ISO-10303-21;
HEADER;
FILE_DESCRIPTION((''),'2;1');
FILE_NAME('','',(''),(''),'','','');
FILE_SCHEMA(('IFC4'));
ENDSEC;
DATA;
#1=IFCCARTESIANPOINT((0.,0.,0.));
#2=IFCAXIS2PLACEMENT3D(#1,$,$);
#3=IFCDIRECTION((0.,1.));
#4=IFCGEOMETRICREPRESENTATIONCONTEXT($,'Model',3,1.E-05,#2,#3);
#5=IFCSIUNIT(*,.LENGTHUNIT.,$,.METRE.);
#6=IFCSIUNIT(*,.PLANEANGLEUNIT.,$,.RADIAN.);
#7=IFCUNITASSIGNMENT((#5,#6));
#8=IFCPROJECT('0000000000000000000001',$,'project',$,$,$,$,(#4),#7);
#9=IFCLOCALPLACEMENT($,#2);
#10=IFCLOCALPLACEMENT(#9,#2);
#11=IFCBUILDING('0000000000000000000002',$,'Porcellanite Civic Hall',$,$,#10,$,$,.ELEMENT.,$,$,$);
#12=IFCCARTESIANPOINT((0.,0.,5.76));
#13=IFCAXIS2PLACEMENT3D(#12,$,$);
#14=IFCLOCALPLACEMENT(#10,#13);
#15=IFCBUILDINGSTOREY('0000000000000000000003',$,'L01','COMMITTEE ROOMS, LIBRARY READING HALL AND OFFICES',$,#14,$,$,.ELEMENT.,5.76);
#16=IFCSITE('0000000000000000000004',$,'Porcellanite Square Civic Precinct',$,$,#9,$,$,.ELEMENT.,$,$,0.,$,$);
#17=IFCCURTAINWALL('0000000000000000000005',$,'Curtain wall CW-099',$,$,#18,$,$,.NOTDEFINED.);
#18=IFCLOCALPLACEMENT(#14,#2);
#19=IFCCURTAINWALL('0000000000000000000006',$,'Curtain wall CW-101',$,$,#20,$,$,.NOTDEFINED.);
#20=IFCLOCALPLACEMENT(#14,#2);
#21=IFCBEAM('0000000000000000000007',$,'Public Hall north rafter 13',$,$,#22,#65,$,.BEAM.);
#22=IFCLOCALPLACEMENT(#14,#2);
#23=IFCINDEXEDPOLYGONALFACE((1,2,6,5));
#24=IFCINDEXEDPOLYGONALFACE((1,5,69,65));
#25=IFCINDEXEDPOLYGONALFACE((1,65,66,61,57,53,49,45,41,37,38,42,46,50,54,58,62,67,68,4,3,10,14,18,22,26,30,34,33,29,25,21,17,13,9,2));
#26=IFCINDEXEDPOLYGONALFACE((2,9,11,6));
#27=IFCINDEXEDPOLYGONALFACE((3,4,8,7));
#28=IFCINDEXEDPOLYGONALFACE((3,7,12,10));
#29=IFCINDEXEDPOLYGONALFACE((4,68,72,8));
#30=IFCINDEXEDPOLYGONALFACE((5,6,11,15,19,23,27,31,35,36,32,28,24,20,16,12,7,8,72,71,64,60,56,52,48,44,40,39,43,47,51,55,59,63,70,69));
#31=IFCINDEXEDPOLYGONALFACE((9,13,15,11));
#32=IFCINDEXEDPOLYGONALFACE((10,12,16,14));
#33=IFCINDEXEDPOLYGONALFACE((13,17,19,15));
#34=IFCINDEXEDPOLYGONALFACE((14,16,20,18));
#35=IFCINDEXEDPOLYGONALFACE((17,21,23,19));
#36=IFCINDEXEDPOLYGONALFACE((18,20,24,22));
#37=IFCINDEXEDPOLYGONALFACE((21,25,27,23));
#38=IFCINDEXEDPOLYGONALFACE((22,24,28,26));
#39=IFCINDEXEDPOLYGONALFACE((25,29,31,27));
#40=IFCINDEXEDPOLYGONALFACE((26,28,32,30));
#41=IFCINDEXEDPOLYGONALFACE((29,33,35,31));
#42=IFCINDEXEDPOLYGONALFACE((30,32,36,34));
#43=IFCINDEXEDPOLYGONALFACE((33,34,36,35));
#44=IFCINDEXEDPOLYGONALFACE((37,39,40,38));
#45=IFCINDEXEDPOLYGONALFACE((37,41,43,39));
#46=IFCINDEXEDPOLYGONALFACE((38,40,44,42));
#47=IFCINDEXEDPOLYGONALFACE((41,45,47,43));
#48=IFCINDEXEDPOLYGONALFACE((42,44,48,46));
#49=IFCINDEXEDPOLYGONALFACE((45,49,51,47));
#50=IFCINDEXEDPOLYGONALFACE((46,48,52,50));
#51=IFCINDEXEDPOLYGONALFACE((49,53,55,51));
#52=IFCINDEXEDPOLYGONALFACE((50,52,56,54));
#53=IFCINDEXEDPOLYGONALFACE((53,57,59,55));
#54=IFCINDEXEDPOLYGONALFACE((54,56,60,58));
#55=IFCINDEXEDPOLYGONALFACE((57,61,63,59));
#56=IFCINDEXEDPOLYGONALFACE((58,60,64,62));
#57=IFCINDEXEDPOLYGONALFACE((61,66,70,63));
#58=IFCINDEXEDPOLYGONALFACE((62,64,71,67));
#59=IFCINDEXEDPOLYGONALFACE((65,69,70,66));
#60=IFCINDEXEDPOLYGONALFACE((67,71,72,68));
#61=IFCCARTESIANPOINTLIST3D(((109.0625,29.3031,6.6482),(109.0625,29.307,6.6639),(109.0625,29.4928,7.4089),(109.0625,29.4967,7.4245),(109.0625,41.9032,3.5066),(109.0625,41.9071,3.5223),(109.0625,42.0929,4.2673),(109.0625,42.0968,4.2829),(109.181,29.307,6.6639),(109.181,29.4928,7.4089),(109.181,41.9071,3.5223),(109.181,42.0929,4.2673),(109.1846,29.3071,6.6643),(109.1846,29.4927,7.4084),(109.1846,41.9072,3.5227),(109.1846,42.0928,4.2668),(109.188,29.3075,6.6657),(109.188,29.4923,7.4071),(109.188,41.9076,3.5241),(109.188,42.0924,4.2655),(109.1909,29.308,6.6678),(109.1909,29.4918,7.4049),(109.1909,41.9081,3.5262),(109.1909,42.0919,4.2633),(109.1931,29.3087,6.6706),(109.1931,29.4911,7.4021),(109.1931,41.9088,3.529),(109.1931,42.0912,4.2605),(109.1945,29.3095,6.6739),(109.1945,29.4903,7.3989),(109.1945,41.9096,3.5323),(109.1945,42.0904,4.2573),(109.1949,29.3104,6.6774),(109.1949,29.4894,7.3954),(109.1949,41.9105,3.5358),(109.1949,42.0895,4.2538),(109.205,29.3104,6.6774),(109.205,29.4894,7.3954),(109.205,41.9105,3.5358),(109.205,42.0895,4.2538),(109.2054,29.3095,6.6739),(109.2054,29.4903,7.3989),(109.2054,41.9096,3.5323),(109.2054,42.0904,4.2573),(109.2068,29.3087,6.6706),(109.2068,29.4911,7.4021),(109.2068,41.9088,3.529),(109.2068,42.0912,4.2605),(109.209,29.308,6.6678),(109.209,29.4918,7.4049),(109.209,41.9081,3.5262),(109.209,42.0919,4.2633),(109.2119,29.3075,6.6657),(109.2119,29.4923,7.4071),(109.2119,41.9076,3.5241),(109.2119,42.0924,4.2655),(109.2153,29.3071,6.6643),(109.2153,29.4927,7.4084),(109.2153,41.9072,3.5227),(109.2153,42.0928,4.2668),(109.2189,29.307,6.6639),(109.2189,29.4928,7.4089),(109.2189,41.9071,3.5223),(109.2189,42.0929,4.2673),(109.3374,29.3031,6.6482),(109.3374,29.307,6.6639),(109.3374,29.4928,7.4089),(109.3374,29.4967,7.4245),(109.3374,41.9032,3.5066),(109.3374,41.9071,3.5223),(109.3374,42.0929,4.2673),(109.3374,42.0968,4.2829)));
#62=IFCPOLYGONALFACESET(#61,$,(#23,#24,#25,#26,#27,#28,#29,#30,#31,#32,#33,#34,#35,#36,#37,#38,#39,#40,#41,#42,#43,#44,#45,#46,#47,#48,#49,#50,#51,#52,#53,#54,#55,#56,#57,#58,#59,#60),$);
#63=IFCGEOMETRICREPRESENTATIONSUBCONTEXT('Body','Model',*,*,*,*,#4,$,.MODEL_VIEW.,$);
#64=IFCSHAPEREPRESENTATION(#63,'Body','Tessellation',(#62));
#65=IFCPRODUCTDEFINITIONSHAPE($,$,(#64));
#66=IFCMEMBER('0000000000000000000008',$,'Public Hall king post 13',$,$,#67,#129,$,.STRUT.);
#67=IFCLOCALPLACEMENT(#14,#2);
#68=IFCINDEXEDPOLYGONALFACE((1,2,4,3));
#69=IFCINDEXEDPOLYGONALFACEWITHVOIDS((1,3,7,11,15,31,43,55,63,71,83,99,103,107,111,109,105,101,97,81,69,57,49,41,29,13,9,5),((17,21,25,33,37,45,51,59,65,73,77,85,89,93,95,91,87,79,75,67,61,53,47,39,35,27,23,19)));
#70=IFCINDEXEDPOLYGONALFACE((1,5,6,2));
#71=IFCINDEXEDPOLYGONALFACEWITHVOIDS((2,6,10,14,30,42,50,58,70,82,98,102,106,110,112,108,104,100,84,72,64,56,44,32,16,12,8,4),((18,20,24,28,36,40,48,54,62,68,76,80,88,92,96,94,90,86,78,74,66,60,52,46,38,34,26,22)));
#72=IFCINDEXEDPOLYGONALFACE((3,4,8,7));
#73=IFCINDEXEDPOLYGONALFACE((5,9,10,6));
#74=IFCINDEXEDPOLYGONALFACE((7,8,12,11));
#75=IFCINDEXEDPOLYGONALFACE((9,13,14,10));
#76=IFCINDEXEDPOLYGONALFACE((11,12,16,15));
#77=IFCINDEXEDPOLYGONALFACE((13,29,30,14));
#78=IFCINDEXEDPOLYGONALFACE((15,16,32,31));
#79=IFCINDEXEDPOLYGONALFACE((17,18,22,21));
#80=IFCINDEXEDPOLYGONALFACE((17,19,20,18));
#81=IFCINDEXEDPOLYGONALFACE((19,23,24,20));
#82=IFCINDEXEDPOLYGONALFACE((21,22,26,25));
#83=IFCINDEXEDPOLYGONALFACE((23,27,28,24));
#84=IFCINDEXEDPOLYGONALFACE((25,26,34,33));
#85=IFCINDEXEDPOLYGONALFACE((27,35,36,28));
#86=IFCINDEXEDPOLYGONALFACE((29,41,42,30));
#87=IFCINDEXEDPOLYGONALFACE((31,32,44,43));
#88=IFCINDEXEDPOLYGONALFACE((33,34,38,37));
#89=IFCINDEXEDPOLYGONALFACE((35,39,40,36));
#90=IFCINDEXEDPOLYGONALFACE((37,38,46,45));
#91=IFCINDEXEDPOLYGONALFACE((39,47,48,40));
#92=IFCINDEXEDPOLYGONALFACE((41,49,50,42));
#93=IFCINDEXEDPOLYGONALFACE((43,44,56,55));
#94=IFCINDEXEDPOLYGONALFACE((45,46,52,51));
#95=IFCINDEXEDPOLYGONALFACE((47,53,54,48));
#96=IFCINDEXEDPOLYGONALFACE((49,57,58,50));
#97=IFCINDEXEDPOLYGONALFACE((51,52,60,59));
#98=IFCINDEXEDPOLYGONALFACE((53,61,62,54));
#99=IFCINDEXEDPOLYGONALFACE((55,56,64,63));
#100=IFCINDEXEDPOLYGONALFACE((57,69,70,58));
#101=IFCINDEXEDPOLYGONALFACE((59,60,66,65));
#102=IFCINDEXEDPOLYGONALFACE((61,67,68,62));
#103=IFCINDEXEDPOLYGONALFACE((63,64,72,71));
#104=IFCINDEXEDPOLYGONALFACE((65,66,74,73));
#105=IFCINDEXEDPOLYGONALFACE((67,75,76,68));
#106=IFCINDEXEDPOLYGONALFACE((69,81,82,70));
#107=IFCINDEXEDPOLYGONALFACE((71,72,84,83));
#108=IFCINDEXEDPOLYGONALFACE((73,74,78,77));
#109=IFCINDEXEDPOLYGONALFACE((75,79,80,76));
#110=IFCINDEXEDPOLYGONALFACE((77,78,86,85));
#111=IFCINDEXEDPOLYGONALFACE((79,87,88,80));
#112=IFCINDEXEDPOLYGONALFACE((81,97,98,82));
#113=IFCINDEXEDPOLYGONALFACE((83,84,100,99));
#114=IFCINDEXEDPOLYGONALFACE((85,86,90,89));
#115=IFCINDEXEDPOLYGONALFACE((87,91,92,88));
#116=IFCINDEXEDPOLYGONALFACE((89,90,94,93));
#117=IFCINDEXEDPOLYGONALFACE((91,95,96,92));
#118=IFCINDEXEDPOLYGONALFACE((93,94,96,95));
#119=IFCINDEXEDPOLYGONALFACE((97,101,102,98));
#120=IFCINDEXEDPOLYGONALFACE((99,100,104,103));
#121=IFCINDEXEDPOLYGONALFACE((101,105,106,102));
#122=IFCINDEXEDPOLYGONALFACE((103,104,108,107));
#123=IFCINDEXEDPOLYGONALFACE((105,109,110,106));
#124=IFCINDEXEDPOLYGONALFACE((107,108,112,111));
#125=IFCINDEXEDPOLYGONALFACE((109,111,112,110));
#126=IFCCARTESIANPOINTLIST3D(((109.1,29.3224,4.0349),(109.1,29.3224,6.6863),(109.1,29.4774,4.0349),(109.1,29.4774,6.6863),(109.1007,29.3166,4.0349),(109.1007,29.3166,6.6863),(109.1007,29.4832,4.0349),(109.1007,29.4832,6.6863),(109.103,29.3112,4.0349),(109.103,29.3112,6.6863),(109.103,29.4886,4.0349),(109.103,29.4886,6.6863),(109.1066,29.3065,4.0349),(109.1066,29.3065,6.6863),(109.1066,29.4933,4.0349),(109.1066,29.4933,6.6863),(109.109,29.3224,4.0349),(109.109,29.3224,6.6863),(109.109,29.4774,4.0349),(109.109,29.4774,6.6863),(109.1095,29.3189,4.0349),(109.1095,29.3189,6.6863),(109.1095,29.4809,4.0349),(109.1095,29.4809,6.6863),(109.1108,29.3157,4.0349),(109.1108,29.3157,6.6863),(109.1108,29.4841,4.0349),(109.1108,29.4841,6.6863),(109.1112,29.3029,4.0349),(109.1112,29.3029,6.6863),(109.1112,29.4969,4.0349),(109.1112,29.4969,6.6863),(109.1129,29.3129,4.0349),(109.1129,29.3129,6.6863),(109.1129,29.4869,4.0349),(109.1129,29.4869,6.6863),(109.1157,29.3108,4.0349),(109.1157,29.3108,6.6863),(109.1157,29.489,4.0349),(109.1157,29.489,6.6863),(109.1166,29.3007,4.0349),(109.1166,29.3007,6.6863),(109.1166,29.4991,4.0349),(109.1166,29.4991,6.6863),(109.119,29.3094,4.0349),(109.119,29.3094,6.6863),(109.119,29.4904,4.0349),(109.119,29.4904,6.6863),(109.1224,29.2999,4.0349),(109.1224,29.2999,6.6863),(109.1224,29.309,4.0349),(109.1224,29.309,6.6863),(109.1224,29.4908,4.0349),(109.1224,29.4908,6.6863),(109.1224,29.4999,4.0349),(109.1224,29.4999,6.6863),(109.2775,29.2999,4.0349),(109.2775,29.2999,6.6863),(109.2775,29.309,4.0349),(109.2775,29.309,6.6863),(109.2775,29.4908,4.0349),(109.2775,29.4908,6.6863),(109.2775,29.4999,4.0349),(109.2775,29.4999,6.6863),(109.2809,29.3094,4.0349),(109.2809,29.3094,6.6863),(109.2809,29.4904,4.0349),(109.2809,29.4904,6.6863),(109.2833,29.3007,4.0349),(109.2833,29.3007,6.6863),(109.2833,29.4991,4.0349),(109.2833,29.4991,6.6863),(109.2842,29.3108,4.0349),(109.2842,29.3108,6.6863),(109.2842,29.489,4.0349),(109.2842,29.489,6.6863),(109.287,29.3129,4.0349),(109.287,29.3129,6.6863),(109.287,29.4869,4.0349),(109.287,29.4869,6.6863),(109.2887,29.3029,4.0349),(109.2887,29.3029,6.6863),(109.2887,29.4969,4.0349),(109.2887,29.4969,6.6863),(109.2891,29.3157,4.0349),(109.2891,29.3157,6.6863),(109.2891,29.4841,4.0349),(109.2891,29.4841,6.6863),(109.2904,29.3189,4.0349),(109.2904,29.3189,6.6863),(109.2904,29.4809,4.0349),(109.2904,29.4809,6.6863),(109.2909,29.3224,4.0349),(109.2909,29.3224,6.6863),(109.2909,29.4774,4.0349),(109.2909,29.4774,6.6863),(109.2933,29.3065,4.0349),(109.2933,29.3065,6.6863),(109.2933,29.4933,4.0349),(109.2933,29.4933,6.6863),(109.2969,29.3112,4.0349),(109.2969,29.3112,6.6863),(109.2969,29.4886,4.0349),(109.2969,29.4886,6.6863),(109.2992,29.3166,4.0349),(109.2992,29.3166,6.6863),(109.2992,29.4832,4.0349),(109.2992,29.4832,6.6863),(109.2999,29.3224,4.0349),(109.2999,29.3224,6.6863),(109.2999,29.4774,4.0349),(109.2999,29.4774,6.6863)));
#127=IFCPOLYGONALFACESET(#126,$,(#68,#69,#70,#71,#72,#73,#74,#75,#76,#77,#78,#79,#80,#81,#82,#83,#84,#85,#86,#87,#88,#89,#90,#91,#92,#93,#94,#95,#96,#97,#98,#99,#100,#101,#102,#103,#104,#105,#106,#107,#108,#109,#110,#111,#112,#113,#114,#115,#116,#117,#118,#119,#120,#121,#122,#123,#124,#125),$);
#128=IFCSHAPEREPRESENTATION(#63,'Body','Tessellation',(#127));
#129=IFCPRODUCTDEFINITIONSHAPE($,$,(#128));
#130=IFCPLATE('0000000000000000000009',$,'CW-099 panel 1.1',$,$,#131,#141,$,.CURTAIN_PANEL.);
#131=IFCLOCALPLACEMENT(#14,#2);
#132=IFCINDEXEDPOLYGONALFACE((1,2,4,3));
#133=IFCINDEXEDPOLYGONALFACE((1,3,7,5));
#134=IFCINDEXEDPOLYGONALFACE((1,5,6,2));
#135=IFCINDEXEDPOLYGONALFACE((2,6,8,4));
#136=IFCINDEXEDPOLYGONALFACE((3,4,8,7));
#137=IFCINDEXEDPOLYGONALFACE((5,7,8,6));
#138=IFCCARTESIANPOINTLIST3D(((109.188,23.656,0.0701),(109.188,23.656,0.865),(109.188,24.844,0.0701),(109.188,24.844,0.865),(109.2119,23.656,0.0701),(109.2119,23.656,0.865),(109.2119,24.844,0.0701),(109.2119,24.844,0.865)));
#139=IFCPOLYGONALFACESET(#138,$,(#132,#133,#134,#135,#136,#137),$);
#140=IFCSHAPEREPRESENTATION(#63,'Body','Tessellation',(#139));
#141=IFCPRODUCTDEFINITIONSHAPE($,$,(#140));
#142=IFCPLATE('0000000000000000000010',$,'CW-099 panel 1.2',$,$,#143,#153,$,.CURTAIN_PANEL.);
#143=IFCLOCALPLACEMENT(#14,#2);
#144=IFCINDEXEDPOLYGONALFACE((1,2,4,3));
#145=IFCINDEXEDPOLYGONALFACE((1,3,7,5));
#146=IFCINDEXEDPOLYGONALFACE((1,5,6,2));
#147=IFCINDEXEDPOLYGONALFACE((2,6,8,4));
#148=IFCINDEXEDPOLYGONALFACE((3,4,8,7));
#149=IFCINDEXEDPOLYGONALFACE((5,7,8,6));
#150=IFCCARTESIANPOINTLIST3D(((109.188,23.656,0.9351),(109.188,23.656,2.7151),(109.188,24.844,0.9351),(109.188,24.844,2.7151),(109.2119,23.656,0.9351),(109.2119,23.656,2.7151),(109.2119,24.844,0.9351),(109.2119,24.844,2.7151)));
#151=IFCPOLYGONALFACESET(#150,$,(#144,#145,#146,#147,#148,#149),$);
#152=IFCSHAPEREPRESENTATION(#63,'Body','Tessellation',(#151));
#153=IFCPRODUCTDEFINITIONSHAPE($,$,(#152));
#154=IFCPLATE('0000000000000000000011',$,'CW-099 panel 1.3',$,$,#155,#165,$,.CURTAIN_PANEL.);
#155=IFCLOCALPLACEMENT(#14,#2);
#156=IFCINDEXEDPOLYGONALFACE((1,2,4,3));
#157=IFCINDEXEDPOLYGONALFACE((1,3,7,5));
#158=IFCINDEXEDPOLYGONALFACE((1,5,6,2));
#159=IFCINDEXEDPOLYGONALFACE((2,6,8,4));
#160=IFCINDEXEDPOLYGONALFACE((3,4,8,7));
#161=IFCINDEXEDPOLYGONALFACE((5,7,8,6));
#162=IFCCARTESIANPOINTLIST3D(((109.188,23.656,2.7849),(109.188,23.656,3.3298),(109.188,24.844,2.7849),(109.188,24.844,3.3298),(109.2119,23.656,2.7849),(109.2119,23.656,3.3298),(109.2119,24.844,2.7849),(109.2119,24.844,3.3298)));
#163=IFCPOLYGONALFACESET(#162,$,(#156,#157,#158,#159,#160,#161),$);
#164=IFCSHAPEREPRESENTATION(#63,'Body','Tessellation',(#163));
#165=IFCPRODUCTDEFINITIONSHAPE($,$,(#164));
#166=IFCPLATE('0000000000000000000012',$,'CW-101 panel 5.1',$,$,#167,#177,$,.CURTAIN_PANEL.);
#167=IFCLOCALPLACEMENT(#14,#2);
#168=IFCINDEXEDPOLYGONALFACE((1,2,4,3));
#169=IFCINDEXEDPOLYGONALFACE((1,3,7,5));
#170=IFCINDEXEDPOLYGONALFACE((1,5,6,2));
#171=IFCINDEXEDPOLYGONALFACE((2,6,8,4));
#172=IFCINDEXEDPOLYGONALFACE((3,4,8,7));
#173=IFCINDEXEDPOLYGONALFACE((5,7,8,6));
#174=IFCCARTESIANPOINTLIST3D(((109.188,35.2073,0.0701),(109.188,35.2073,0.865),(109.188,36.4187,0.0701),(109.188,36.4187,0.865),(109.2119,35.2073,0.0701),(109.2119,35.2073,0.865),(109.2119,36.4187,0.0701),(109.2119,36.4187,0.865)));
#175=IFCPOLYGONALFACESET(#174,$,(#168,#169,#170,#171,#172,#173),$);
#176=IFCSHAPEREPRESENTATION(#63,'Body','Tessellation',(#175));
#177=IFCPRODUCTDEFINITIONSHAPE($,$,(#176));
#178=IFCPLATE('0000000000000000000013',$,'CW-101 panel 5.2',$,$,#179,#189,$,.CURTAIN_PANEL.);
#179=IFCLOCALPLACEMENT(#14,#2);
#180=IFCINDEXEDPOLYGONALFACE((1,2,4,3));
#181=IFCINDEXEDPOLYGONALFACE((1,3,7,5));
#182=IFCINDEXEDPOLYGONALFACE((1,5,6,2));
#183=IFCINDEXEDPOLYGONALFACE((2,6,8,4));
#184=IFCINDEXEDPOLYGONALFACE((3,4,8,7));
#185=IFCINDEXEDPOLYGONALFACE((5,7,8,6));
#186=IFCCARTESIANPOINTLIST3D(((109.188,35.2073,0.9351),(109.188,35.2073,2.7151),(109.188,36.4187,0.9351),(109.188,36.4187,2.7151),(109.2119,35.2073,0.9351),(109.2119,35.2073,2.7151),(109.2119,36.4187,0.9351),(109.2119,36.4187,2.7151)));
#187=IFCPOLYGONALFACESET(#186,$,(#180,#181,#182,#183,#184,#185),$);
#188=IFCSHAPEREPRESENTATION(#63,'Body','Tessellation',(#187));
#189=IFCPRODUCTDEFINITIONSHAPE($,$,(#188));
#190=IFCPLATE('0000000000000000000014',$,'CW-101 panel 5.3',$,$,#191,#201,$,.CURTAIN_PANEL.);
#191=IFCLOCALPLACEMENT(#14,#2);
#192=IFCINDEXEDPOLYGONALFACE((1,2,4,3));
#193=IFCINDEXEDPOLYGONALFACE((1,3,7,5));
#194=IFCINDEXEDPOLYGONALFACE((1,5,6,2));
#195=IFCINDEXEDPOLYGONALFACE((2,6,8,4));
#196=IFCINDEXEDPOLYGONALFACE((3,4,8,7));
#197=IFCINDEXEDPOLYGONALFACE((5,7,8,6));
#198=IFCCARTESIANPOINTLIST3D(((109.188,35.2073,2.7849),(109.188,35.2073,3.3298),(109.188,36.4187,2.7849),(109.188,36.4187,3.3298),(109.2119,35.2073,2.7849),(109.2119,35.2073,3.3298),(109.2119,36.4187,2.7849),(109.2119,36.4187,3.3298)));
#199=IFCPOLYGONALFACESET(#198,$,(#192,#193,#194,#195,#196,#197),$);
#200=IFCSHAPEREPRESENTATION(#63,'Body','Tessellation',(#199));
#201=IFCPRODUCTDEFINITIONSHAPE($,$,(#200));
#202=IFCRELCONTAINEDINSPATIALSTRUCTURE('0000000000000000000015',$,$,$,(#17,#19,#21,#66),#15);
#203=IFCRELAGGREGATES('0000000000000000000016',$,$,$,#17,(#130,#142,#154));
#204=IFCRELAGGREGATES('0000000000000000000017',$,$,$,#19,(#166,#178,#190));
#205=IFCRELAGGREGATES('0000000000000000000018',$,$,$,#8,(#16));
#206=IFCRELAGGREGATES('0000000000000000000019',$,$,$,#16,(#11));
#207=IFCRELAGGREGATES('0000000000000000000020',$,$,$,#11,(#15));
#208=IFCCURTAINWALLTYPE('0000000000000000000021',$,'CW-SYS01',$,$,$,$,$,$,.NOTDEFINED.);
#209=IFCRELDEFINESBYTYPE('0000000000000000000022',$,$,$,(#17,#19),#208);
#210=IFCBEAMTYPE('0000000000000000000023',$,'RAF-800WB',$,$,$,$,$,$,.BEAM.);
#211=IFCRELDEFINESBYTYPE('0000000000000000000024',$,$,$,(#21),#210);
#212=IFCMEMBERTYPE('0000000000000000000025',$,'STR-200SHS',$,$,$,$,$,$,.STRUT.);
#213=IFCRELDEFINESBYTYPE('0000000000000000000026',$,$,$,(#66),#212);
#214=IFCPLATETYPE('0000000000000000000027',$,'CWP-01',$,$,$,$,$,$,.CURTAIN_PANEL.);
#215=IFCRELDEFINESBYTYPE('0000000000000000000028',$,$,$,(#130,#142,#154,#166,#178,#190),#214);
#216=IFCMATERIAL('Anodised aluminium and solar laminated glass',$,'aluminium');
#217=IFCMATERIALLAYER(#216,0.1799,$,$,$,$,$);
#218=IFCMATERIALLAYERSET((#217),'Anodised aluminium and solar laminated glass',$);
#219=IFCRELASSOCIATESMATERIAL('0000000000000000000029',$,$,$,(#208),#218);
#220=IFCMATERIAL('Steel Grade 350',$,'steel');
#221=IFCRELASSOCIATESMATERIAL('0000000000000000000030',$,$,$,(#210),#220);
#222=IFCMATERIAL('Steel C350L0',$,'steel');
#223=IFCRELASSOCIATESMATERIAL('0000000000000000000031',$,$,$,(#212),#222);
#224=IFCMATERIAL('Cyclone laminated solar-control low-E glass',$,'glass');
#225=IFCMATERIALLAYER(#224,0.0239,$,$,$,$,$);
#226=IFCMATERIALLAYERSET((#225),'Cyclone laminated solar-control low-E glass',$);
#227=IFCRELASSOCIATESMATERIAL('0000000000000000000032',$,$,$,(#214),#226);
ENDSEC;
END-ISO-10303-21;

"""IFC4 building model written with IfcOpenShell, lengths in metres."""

from ifc_helpers import new_model, si_unit, direction, frame, origin, origin_2d, place, context, subcontext, project, spatial, rectangle, hollow_rectangle, i_section, extrude, material, layer, layer_set, material_profile, profile_set, type_object, element, aggregate, save


model = new_model("IFC4")

# Units and contexts
model_context = context("Model", 3, precision=1e-05, world=origin(), true_north=direction((0.0, 1.0)))
body_context = subcontext(model_context, "Body", "Model", "MODEL_VIEW")
ifc_project = project(units=[si_unit("LENGTHUNIT", "METRE"), si_unit("PLANEANGLEUNIT", "RADIAN")], contexts=[model_context])

# Site, building, storey
site_placement = place(None, origin())
site = spatial("IfcSite", under=ifc_project, at=site_placement, Name="Porcellanite Square Civic Precinct", CompositionType="ELEMENT", RefElevation=0.0)
building_placement = place(site_placement, origin())
building = spatial("IfcBuilding", under=site, at=building_placement, Name="Porcellanite Civic Hall", CompositionType="ELEMENT")
storey_placement = place(building_placement, frame((0.0, 0.0, 5.76)))
storey = spatial("IfcBuildingStorey", under=building, at=storey_placement, Name="L01", Description="COMMITTEE ROOMS, LIBRARY READING HALL AND OFFICES", CompositionType="ELEMENT", Elevation=5.76)

# Curtain walls
ifc_material_1 = material(Name="Anodised aluminium and solar laminated glass", Category="aluminium")
ifc_layer_1 = layer(ifc_material_1, 0.1799)
ifc_layer_set_1 = layer_set([ifc_layer_1], Name="Anodised aluminium and solar laminated glass")
curtain_wall_type = type_object("IfcCurtainWallType", Name="CW-SYS01", PredefinedType="NOTDEFINED", material=ifc_layer_set_1)
curtain_wall_1_placement = place(storey_placement, origin())
curtain_wall_1 = element("IfcCurtainWall", 1, at=curtain_wall_1_placement, inside=storey, type_object=curtain_wall_type, Name="Curtain wall CW-099", PredefinedType="NOTDEFINED")
curtain_wall_2_placement = place(storey_placement, origin())
curtain_wall_2 = element("IfcCurtainWall", 2, at=curtain_wall_2_placement, inside=storey, type_object=curtain_wall_type, Name="Curtain wall CW-101", PredefinedType="NOTDEFINED")

# Beam
ifc_material_2 = material(Name="Steel Grade 350", Category="steel")
ifc_material_profile_1 = material_profile(ifc_material_2, i_section(OverallWidth=0.2749, OverallDepth=0.8, WebThickness=0.01, FlangeThickness=0.0161, FilletRadius=0.0139, at=origin_2d()), Name="800WB146")
ifc_profile_set_1 = profile_set([ifc_material_profile_1], Name="Steel Grade 350")
beam_type = type_object("IfcBeamType", Name="RAF-800WB", PredefinedType="BEAM", material=ifc_profile_set_1)
beam_placement = place(storey_placement, frame((109.2, 29.3999, 7.0364), z_axis=(0.0, 0.970295, -0.241925), x_axis=(-1.0, 0.0, 0.0)))
element("IfcBeam", 3, at=beam_placement, inside=storey, type_object=beam_type, Name="Public Hall north rafter 13", PredefinedType="BEAM", context=body_context, shape_type="SweptSolid", body=[
    extrude(i_section(OverallWidth=0.2749, OverallDepth=0.8, WebThickness=0.01, FlangeThickness=0.0161, FilletRadius=0.0139, at=origin_2d()), origin(), (0.0, 0.0, 1.0), 12.9858),
])

# Member
ifc_material_3 = material(Name="Steel C350L0", Category="steel")
ifc_material_profile_2 = material_profile(ifc_material_3, hollow_rectangle(XDim=0.2, YDim=0.2, WallThickness=0.009, InnerFilletRadius=0.0134, OuterFilletRadius=0.0225, at=origin_2d()), Name="200x200x9.0SHS")
ifc_profile_set_2 = profile_set([ifc_material_profile_2], Name="Steel C350L0")
member_type_1 = type_object("IfcMemberType", Name="STR-200SHS", PredefinedType="STRUT", material=ifc_profile_set_2)
member_1_placement = place(storey_placement, frame((109.2, 29.3999, 4.0349), z_axis=(0.0, 0.0, 1.0), x_axis=(1.0, 0.0, 0.0)))
element("IfcMember", 4, at=member_1_placement, inside=storey, type_object=member_type_1, Name="Public Hall king post 13", PredefinedType="STRUT", context=body_context, shape_type="SweptSolid", body=[
    extrude(hollow_rectangle(XDim=0.2, YDim=0.2, WallThickness=0.009, InnerFilletRadius=0.0134, OuterFilletRadius=0.0225, at=origin_2d()), origin(), (0.0, 0.0, 1.0), 2.6514),
])

# Plates
ifc_material_4 = material(Name="Cyclone laminated solar-control low-E glass", Category="glass")
ifc_layer_2 = layer(ifc_material_4, 0.0239)
ifc_layer_set_2 = layer_set([ifc_layer_2], Name="Cyclone laminated solar-control low-E glass")
plate_type_1 = type_object("IfcPlateType", Name="CWP-01", PredefinedType="CURTAIN_PANEL", material=ifc_layer_set_2)
plate_1_placement = place(storey_placement, frame((109.2, 24.25, 0.0701), z_axis=(0.0, 0.0, 1.0), x_axis=(0.0, -1.0, 0.0)))
plate_1 = element("IfcPlate", 5, at=plate_1_placement, type_object=plate_type_1, Name="CW-099 panel 1.1", PredefinedType="CURTAIN_PANEL", context=body_context, shape_type="SweptSolid", body=[
    extrude(rectangle(XDim=1.188, YDim=0.0239, at=origin_2d()), origin(), (0.0, 0.0, 1.0), 0.7949),
])
plate_2_placement = place(storey_placement, frame((109.2, 24.25, 0.9351), z_axis=(0.0, 0.0, 1.0), x_axis=(0.0, -1.0, 0.0)))
plate_2 = element("IfcPlate", 6, at=plate_2_placement, type_object=plate_type_1, Name="CW-099 panel 1.2", PredefinedType="CURTAIN_PANEL", context=body_context, shape_type="SweptSolid", body=[
    extrude(rectangle(XDim=1.188, YDim=0.0239, at=origin_2d()), origin(), (0.0, 0.0, 1.0), 1.78),
])
plate_3_placement = place(storey_placement, frame((109.2, 24.25, 2.7849), z_axis=(0.0, 0.0, 1.0), x_axis=(0.0, -1.0, 0.0)))
plate_3 = element("IfcPlate", 7, at=plate_3_placement, type_object=plate_type_1, Name="CW-099 panel 1.3", PredefinedType="CURTAIN_PANEL", context=body_context, shape_type="SweptSolid", body=[
    extrude(rectangle(XDim=1.188, YDim=0.0239, at=origin_2d()), origin(), (0.0, 0.0, 1.0), 0.5449),
])
aggregate(curtain_wall_1, [plate_1, plate_2, plate_3])
plate_4_placement = place(storey_placement, frame((109.2, 35.813, 0.0701), z_axis=(0.0, 0.0, 1.0), x_axis=(0.0, -1.0, 0.0)))
plate_4 = element("IfcPlate", 8, at=plate_4_placement, type_object=plate_type_1, Name="CW-101 panel 5.1", PredefinedType="CURTAIN_PANEL", context=body_context, shape_type="SweptSolid", body=[
    extrude(rectangle(XDim=1.2114, YDim=0.0239, at=origin_2d()), origin(), (0.0, 0.0, 1.0), 0.7949),
])
plate_5_placement = place(storey_placement, frame((109.2, 35.813, 0.9351), z_axis=(0.0, 0.0, 1.0), x_axis=(0.0, -1.0, 0.0)))
plate_5 = element("IfcPlate", 9, at=plate_5_placement, type_object=plate_type_1, Name="CW-101 panel 5.2", PredefinedType="CURTAIN_PANEL", context=body_context, shape_type="SweptSolid", body=[
    extrude(rectangle(XDim=1.2114, YDim=0.0239, at=origin_2d()), origin(), (0.0, 0.0, 1.0), 1.78),
])
plate_6_placement = place(storey_placement, frame((109.2, 35.813, 2.7849), z_axis=(0.0, 0.0, 1.0), x_axis=(0.0, -1.0, 0.0)))
plate_6 = element("IfcPlate", 10, at=plate_6_placement, type_object=plate_type_1, Name="CW-101 panel 5.3", PredefinedType="CURTAIN_PANEL", context=body_context, shape_type="SweptSolid", body=[
    extrude(rectangle(XDim=1.2114, YDim=0.0239, at=origin_2d()), origin(), (0.0, 0.0, 1.0), 0.5449),
])
aggregate(curtain_wall_2, [plate_4, plate_5, plate_6])

save(model, "model.ifc")
